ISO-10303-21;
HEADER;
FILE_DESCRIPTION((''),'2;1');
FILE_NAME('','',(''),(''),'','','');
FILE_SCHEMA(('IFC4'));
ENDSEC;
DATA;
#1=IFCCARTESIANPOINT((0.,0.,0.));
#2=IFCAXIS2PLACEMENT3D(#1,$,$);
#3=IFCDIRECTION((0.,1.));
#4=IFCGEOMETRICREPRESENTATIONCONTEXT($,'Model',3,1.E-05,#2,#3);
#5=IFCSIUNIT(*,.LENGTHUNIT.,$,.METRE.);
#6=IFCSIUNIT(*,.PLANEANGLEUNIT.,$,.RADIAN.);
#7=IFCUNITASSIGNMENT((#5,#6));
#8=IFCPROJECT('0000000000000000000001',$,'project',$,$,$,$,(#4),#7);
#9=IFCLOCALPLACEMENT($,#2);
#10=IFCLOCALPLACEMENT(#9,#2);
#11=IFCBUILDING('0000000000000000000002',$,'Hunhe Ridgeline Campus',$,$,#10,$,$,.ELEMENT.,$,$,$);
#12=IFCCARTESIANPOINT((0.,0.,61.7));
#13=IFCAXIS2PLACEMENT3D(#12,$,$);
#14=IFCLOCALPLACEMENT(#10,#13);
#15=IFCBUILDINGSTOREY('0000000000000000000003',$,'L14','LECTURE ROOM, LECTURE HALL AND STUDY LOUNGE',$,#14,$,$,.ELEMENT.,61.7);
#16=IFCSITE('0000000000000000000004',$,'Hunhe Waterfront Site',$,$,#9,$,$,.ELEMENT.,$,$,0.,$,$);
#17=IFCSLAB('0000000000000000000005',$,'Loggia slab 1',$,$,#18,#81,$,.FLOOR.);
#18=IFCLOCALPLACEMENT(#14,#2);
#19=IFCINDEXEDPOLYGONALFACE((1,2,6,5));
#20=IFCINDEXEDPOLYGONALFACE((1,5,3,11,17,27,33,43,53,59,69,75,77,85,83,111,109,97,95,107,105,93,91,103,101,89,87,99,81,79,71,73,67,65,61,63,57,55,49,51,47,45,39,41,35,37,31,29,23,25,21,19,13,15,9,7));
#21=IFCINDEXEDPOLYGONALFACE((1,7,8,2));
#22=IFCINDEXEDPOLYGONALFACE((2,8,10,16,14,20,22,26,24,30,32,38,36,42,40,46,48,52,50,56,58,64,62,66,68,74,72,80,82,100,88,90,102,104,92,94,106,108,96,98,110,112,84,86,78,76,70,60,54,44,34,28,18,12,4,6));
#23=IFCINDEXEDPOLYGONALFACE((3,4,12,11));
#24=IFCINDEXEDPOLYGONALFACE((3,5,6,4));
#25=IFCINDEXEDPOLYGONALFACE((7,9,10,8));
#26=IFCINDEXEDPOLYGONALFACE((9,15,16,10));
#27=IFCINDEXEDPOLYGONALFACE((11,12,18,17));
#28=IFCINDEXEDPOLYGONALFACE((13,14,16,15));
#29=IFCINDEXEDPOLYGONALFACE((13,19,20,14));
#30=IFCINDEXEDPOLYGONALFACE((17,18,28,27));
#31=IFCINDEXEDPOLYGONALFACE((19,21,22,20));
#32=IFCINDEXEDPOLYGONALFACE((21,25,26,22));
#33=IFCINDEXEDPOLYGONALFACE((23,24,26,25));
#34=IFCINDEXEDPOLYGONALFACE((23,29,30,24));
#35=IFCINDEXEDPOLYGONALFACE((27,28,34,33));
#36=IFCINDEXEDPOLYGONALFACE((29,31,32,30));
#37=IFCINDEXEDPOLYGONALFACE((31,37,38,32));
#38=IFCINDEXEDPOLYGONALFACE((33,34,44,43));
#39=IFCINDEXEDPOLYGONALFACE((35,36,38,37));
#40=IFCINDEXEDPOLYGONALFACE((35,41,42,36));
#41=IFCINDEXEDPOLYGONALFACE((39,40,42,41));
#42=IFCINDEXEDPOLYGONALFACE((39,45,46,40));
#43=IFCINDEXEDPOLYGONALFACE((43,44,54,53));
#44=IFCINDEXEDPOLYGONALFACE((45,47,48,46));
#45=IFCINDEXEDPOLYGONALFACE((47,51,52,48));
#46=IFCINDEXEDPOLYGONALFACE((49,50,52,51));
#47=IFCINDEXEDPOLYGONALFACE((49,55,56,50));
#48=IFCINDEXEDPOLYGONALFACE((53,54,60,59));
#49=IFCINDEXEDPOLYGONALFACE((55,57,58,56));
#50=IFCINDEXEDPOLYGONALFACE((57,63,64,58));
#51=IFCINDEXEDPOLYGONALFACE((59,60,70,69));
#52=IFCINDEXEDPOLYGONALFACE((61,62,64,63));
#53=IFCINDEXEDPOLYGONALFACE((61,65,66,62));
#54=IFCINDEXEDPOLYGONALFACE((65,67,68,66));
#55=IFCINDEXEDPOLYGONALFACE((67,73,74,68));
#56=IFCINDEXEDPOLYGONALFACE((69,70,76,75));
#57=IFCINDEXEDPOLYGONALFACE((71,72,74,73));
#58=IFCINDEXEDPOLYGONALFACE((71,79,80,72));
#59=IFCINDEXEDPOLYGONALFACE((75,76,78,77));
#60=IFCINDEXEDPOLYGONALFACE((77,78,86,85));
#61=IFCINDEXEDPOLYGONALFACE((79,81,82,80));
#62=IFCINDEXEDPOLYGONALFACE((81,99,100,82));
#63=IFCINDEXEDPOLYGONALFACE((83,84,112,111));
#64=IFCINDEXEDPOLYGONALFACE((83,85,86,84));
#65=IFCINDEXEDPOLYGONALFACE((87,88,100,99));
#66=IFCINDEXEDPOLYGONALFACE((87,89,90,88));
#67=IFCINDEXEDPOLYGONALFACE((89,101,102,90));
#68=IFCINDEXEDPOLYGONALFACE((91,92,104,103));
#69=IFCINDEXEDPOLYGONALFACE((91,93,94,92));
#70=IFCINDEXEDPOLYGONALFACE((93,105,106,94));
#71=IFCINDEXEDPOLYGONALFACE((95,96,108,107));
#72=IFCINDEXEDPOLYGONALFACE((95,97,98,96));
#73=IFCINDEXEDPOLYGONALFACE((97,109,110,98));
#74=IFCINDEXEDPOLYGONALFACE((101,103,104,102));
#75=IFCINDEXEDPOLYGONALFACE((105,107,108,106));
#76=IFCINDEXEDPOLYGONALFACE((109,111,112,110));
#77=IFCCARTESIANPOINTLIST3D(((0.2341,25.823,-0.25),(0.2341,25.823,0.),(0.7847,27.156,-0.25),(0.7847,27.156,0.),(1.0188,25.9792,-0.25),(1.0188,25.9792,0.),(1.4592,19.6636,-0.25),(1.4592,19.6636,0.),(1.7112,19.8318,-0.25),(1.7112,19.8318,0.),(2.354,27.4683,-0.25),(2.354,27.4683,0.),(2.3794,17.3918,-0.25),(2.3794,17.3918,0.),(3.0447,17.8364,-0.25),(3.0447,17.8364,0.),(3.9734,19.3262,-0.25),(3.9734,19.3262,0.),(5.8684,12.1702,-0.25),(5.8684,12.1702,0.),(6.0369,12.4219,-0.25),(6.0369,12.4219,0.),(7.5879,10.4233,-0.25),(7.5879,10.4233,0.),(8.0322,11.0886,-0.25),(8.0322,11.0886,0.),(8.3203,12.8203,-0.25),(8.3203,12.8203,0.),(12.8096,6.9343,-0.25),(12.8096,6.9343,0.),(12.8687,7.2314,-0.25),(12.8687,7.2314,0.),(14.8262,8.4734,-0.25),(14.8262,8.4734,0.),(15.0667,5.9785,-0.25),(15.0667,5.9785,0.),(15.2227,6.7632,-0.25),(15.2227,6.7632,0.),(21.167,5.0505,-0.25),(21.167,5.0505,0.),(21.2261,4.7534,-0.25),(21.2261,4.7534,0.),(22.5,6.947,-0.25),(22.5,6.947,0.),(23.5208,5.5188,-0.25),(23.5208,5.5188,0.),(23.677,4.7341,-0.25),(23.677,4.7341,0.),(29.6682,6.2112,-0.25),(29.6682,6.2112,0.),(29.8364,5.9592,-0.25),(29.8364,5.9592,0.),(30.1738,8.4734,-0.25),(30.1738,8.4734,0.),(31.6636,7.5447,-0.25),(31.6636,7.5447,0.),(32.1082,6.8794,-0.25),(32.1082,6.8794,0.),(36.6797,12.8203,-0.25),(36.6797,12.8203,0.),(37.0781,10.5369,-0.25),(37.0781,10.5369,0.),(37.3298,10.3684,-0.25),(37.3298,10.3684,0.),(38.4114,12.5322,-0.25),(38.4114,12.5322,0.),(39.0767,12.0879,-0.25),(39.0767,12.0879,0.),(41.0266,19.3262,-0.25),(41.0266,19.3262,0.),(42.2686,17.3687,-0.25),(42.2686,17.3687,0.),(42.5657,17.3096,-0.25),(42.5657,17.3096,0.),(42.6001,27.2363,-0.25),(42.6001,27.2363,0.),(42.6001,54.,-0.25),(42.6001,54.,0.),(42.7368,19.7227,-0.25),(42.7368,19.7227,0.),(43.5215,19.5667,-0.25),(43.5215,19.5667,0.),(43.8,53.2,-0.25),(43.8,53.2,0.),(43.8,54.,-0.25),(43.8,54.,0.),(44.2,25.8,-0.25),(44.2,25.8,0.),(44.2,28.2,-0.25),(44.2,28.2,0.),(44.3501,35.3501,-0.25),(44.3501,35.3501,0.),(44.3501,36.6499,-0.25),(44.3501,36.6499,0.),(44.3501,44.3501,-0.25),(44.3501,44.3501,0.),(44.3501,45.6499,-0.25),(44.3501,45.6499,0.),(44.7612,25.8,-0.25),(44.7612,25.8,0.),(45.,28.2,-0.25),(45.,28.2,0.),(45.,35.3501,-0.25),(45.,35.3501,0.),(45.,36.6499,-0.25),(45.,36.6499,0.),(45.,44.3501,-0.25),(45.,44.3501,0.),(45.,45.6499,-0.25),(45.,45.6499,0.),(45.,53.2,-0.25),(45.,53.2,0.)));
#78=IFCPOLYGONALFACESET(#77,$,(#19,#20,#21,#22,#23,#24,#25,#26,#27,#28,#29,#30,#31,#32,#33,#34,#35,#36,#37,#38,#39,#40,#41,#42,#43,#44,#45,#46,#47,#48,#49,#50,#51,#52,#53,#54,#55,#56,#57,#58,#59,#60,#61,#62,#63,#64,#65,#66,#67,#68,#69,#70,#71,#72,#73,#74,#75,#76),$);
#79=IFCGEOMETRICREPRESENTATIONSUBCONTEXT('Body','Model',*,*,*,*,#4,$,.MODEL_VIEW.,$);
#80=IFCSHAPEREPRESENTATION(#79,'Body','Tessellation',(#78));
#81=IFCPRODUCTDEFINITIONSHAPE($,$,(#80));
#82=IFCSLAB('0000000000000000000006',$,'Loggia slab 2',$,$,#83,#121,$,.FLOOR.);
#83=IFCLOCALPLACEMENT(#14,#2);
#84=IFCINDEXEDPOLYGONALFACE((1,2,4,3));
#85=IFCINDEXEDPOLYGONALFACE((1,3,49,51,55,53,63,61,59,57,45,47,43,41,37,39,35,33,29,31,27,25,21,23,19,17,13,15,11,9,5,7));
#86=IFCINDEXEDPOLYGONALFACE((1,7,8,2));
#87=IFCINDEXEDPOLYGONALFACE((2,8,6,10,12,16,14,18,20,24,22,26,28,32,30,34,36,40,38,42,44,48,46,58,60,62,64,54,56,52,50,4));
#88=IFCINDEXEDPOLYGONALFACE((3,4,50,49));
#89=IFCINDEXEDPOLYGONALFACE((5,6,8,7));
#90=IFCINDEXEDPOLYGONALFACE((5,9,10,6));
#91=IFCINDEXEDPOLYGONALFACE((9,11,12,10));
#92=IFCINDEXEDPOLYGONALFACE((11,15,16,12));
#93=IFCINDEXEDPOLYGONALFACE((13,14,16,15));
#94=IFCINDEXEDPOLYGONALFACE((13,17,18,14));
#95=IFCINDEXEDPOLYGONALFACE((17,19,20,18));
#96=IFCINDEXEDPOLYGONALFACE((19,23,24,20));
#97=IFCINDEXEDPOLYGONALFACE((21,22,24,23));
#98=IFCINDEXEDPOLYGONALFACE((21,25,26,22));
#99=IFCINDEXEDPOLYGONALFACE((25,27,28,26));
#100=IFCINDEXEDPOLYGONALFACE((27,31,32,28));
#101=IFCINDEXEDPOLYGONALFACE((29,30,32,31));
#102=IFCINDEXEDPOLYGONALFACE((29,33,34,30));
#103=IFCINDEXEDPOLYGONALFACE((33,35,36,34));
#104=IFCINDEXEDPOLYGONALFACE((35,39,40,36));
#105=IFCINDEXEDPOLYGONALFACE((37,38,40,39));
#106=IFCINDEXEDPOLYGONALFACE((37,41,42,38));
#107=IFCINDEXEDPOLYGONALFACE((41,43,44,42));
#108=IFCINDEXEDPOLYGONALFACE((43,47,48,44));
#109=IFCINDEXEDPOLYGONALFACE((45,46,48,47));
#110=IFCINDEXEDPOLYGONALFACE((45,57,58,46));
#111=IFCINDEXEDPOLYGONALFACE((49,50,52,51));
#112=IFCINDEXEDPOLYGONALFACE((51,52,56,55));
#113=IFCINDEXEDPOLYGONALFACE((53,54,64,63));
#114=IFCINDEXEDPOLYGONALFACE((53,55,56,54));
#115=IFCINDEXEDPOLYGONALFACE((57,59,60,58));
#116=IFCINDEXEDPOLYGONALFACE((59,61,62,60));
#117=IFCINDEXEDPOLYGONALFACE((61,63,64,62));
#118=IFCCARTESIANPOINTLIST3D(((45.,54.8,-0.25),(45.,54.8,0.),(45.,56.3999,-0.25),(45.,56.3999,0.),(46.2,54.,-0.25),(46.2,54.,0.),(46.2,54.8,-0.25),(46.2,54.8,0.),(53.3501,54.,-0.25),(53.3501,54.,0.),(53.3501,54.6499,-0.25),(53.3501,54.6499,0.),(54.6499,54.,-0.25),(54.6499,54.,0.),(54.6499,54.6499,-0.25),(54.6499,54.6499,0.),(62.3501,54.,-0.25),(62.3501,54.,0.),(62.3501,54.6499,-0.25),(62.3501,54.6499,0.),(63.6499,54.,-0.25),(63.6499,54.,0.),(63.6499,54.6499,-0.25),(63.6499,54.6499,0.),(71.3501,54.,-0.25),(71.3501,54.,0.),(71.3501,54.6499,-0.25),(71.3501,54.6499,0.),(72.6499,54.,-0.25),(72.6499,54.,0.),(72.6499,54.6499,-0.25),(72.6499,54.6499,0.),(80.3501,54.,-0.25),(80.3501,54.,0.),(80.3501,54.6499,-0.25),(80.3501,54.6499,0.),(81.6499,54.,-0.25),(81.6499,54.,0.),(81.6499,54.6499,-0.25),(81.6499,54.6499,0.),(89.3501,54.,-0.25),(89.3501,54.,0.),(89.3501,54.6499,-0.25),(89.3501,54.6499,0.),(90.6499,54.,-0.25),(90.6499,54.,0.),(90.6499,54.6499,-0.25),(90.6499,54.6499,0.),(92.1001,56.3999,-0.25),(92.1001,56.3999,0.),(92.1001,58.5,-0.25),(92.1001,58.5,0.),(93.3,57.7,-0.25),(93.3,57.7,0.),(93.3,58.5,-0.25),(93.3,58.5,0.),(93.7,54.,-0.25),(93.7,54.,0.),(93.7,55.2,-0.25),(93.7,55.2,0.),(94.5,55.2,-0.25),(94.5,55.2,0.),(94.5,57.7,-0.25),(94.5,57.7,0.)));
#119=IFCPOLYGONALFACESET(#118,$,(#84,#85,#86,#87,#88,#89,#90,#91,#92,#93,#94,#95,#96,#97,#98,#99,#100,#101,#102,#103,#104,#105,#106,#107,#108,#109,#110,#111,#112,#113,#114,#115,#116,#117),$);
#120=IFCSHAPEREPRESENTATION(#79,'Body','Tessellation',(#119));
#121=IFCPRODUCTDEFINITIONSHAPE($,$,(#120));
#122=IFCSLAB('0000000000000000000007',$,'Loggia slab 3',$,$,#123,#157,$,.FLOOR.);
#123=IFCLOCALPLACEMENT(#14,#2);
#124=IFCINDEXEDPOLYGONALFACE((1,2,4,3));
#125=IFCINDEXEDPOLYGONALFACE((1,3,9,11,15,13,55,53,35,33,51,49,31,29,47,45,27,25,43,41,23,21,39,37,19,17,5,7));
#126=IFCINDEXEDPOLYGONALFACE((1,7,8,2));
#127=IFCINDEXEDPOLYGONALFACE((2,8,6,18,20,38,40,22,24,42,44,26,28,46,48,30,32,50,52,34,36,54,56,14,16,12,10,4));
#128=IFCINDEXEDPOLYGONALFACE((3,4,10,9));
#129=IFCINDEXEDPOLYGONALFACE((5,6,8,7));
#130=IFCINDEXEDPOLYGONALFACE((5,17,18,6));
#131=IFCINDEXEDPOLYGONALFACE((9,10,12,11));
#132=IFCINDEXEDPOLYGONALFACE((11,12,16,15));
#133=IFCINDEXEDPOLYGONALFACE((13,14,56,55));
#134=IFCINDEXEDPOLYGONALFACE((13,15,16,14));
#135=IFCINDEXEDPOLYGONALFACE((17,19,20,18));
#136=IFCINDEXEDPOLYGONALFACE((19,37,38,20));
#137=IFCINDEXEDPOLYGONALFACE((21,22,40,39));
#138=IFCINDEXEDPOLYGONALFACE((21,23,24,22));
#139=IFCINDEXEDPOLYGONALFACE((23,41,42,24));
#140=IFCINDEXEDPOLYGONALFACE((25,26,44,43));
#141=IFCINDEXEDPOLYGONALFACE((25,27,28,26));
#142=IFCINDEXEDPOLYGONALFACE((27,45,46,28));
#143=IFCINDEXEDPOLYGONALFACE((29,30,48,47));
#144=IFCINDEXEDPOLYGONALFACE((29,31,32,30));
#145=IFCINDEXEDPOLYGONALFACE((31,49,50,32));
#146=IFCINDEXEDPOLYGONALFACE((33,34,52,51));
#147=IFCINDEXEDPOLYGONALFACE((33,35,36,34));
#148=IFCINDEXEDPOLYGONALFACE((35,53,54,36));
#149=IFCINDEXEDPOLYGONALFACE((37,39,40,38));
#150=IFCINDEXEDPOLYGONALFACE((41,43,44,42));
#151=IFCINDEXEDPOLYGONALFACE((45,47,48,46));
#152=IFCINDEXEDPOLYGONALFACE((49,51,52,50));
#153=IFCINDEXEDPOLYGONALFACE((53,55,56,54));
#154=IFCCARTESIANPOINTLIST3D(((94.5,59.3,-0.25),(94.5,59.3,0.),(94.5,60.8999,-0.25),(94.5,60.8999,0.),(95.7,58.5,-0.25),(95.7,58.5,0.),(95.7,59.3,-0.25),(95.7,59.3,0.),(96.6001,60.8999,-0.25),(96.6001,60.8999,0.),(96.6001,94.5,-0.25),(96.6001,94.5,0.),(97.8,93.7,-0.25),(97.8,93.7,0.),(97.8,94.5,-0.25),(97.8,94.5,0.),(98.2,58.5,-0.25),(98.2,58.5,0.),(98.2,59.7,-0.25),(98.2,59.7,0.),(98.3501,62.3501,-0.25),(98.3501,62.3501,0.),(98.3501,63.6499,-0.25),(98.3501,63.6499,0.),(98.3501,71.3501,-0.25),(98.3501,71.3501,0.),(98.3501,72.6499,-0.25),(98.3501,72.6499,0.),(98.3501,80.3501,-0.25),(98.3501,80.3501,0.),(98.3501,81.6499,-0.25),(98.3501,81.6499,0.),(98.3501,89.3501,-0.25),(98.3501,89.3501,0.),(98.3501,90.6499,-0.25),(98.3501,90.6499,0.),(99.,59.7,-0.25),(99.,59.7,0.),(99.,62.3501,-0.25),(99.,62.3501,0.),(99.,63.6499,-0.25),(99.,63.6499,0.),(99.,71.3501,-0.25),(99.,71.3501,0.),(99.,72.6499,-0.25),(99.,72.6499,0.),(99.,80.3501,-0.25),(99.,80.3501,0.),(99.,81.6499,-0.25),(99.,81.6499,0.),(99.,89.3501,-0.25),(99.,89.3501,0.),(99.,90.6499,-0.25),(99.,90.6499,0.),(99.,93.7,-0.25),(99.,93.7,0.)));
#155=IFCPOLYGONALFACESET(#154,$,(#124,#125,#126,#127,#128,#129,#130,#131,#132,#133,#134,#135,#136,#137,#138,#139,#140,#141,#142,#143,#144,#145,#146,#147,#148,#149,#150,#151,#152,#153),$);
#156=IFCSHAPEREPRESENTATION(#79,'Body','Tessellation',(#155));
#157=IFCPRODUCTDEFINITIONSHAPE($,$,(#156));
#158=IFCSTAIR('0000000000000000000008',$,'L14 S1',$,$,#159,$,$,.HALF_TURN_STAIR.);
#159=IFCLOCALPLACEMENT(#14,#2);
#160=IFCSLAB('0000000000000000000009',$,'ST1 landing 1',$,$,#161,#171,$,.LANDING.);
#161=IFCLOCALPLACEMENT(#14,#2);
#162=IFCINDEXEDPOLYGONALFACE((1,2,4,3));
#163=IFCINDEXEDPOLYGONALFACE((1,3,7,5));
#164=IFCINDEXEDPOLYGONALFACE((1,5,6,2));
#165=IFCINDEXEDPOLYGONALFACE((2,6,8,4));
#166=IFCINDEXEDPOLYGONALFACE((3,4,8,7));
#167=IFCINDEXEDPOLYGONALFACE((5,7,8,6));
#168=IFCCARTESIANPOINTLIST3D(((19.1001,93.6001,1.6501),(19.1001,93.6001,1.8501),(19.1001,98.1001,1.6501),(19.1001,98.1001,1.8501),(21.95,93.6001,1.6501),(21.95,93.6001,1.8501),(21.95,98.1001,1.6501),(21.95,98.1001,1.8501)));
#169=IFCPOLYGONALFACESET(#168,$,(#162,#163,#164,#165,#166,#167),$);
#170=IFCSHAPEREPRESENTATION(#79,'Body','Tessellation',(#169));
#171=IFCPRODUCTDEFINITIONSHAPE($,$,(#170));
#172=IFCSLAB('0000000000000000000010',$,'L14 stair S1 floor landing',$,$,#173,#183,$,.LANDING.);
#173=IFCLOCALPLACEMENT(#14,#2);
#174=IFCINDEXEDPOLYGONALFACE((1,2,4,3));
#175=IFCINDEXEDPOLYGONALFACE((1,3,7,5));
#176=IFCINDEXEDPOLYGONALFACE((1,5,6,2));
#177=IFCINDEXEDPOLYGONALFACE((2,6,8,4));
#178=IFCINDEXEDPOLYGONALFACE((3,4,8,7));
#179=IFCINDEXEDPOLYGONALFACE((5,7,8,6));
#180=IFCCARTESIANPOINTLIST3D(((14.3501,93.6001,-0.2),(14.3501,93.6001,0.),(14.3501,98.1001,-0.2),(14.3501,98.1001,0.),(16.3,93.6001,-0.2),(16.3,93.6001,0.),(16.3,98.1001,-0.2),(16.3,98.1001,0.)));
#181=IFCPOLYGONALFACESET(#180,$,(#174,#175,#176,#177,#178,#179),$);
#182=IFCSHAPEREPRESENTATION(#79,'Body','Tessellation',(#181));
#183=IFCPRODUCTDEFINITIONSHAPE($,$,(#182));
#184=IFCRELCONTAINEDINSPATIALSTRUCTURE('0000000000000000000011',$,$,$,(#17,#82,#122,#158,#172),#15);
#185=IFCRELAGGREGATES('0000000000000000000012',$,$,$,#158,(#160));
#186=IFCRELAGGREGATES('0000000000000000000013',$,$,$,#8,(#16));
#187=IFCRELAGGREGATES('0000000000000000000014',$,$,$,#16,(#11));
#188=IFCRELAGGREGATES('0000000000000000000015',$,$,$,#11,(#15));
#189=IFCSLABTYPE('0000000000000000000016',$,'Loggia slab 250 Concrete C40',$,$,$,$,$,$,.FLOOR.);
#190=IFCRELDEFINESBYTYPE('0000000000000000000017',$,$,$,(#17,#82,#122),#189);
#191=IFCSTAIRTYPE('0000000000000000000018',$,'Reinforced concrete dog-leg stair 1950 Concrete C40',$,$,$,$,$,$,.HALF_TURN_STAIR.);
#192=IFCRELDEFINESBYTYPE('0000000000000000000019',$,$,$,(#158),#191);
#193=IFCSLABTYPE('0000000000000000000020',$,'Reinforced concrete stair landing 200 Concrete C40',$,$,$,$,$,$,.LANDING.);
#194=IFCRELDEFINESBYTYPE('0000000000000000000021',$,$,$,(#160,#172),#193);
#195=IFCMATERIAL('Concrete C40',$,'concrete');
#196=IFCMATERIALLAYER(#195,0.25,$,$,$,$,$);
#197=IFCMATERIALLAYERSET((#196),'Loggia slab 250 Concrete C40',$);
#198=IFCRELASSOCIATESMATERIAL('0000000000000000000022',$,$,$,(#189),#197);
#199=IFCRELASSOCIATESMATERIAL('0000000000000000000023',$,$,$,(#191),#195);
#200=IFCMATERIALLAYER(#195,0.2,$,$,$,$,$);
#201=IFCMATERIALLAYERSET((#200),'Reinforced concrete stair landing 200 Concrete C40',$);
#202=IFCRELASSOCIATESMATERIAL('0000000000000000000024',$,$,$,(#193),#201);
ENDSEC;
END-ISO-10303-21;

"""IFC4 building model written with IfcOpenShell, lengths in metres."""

from ifc_helpers import new_model, si_unit, direction, frame, origin, place, context, subcontext, project, spatial, polyline, outline, extrude, material, layer, layer_set, type_object, element, aggregate, save


model = new_model("IFC4")

# Units and contexts
model_context = context("Model", 3, precision=1e-05, world=origin(), true_north=direction((0.0, 1.0)))
body_context = subcontext(model_context, "Body", "Model", "MODEL_VIEW")
ifc_project = project(units=[si_unit("LENGTHUNIT", "METRE"), si_unit("PLANEANGLEUNIT", "RADIAN")], contexts=[model_context])

# Site, building, storey
site_placement = place(None, origin())
site = spatial("IfcSite", under=ifc_project, at=site_placement, Name="Hunhe Waterfront Site", CompositionType="ELEMENT", RefElevation=0.0)
building_placement = place(site_placement, origin())
building = spatial("IfcBuilding", under=site, at=building_placement, Name="Hunhe Ridgeline Campus", CompositionType="ELEMENT")
storey_placement = place(building_placement, frame((0.0, 0.0, 61.7)))
storey = spatial("IfcBuildingStorey", under=building, at=storey_placement, Name="L14", Description="LECTURE ROOM, LECTURE HALL AND STUDY LOUNGE", CompositionType="ELEMENT", Elevation=61.7)

# Slabs
ifc_material_1 = material(Name="Concrete C40", Category="concrete")
ifc_layer_1 = layer(ifc_material_1, 0.25)
ifc_layer_set_1 = layer_set([ifc_layer_1], Name="Loggia slab 250 Concrete C40")
slab_type_1 = type_object("IfcSlabType", Name="Loggia slab 250 Concrete C40", PredefinedType="FLOOR", material=ifc_layer_set_1)
slab_1_placement = place(storey_placement, frame((0.0, 0.0, -0.25)))
element("IfcSlab", 1, at=slab_1_placement, inside=storey, type_object=slab_type_1, Name="Loggia slab 1", PredefinedType="FLOOR", context=body_context, shape_type="SweptSolid", body=[
    extrude(outline(polyline([(30.1738, 8.4734), (22.5, 6.947), (14.8262, 8.4734), (8.3203, 12.8203), (3.9734, 19.3262), (2.354, 27.4683), (0.7847, 27.156), (1.0188, 25.9792), (0.2341, 25.823), (1.4592, 19.6636), (1.7112, 19.8318), (3.0447, 17.8364), (2.3794, 17.3918), (5.8684, 12.1702), (6.0369, 12.4219), (8.0322, 11.0886), (7.5879, 10.4233), (12.8096, 6.9343), (12.8687, 7.2314), (15.2227, 6.7632), (15.0667, 5.9785), (21.2261, 4.7534), (21.167, 5.0505), (23.5208, 5.5188), (23.677, 4.7341), (29.8364, 5.9592), (29.6682, 6.2112), (31.6636, 7.5447), (32.1082, 6.8794), (37.3298, 10.3684), (37.0781, 10.5369), (38.4114, 12.5322), (39.0767, 12.0879), (42.5657, 17.3096), (42.2686, 17.3687), (42.7368, 19.7227), (43.5215, 19.5667), (44.7612, 25.8), (44.2, 25.8), (44.2, 28.2), (45.0, 28.2), (45.0, 35.3501), (44.3501, 35.3501), (44.3501, 36.6499), (45.0, 36.6499), (45.0, 44.3501), (44.3501, 44.3501), (44.3501, 45.6499), (45.0, 45.6499), (45.0, 53.2), (43.8, 53.2), (43.8, 54.0), (42.6001, 54.0), (42.6001, 27.2363), (41.0266, 19.3262), (36.6797, 12.8203), (30.1738, 8.4734)])), origin(), (0.0, 0.0, 1.0), 0.25),
])
slab_2_placement = place(storey_placement, frame((0.0, 0.0, -0.25)))
element("IfcSlab", 2, at=slab_2_placement, inside=storey, type_object=slab_type_1, Name="Loggia slab 2", PredefinedType="FLOOR", context=body_context, shape_type="SweptSolid", body=[
    extrude(outline(polyline([(45.0, 54.8), (46.2, 54.8), (46.2, 54.0), (53.3501, 54.0), (53.3501, 54.6499), (54.6499, 54.6499), (54.6499, 54.0), (62.3501, 54.0), (62.3501, 54.6499), (63.6499, 54.6499), (63.6499, 54.0), (71.3501, 54.0), (71.3501, 54.6499), (72.6499, 54.6499), (72.6499, 54.0), (80.3501, 54.0), (80.3501, 54.6499), (81.6499, 54.6499), (81.6499, 54.0), (89.3501, 54.0), (89.3501, 54.6499), (90.6499, 54.6499), (90.6499, 54.0), (93.7, 54.0), (93.7, 55.2), (94.5, 55.2), (94.5, 57.7), (93.3, 57.7), (93.3, 58.5), (92.1001, 58.5), (92.1001, 56.3999), (45.0, 56.3999), (45.0, 54.8)])), origin(), (0.0, 0.0, 1.0), 0.25),
])
slab_3_placement = place(storey_placement, frame((0.0, 0.0, -0.25)))
element("IfcSlab", 3, at=slab_3_placement, inside=storey, type_object=slab_type_1, Name="Loggia slab 3", PredefinedType="FLOOR", context=body_context, shape_type="SweptSolid", body=[
    extrude(outline(polyline([(94.5, 59.3), (95.7, 59.3), (95.7, 58.5), (98.2, 58.5), (98.2, 59.7), (99.0, 59.7), (99.0, 62.3501), (98.3501, 62.3501), (98.3501, 63.6499), (99.0, 63.6499), (99.0, 71.3501), (98.3501, 71.3501), (98.3501, 72.6499), (99.0, 72.6499), (99.0, 80.3501), (98.3501, 80.3501), (98.3501, 81.6499), (99.0, 81.6499), (99.0, 89.3501), (98.3501, 89.3501), (98.3501, 90.6499), (99.0, 90.6499), (99.0, 93.7), (97.8, 93.7), (97.8, 94.5), (96.6001, 94.5), (96.6001, 60.8999), (94.5, 60.8999), (94.5, 59.3)])), origin(), (0.0, 0.0, 1.0), 0.25),
])

# Stair, slab
stair_type = type_object("IfcStairType", Name="Reinforced concrete dog-leg stair 1950 Concrete C40", PredefinedType="HALF_TURN_STAIR", material=ifc_material_1)
stair_1_placement = place(storey_placement, origin())
stair_1 = element("IfcStair", 4, at=stair_1_placement, inside=storey, type_object=stair_type, Name="L14 S1", PredefinedType="HALF_TURN_STAIR")
ifc_layer_2 = layer(ifc_material_1, 0.2)
ifc_layer_set_2 = layer_set([ifc_layer_2], Name="Reinforced concrete stair landing 200 Concrete C40")
slab_type_2 = type_object("IfcSlabType", Name="Reinforced concrete stair landing 200 Concrete C40", PredefinedType="LANDING", material=ifc_layer_set_2)
slab_4_placement = place(storey_placement, frame((0.0, 0.0, 1.6501)))
slab_4 = element("IfcSlab", 5, at=slab_4_placement, type_object=slab_type_2, Name="ST1 landing 1", PredefinedType="LANDING", context=body_context, shape_type="SweptSolid", body=[
    extrude(outline(polyline([(19.1001, 93.6001), (21.95, 93.6001), (21.95, 98.1001), (19.1001, 98.1001), (19.1001, 93.6001)])), origin(), (0.0, 0.0, 1.0), 0.2),
])
aggregate(stair_1, [slab_4])

# Slab
slab_5_placement = place(storey_placement, frame((0.0, 0.0, -0.2)))
element("IfcSlab", 6, at=slab_5_placement, inside=storey, type_object=slab_type_2, Name="L14 stair S1 floor landing", PredefinedType="LANDING", context=body_context, shape_type="SweptSolid", body=[
    extrude(outline(polyline([(14.3501, 93.6001), (16.3, 93.6001), (16.3, 98.1001), (14.3501, 98.1001), (14.3501, 93.6001)])), origin(), (0.0, 0.0, 1.0), 0.2),
])

save(model, "model.ifc")
